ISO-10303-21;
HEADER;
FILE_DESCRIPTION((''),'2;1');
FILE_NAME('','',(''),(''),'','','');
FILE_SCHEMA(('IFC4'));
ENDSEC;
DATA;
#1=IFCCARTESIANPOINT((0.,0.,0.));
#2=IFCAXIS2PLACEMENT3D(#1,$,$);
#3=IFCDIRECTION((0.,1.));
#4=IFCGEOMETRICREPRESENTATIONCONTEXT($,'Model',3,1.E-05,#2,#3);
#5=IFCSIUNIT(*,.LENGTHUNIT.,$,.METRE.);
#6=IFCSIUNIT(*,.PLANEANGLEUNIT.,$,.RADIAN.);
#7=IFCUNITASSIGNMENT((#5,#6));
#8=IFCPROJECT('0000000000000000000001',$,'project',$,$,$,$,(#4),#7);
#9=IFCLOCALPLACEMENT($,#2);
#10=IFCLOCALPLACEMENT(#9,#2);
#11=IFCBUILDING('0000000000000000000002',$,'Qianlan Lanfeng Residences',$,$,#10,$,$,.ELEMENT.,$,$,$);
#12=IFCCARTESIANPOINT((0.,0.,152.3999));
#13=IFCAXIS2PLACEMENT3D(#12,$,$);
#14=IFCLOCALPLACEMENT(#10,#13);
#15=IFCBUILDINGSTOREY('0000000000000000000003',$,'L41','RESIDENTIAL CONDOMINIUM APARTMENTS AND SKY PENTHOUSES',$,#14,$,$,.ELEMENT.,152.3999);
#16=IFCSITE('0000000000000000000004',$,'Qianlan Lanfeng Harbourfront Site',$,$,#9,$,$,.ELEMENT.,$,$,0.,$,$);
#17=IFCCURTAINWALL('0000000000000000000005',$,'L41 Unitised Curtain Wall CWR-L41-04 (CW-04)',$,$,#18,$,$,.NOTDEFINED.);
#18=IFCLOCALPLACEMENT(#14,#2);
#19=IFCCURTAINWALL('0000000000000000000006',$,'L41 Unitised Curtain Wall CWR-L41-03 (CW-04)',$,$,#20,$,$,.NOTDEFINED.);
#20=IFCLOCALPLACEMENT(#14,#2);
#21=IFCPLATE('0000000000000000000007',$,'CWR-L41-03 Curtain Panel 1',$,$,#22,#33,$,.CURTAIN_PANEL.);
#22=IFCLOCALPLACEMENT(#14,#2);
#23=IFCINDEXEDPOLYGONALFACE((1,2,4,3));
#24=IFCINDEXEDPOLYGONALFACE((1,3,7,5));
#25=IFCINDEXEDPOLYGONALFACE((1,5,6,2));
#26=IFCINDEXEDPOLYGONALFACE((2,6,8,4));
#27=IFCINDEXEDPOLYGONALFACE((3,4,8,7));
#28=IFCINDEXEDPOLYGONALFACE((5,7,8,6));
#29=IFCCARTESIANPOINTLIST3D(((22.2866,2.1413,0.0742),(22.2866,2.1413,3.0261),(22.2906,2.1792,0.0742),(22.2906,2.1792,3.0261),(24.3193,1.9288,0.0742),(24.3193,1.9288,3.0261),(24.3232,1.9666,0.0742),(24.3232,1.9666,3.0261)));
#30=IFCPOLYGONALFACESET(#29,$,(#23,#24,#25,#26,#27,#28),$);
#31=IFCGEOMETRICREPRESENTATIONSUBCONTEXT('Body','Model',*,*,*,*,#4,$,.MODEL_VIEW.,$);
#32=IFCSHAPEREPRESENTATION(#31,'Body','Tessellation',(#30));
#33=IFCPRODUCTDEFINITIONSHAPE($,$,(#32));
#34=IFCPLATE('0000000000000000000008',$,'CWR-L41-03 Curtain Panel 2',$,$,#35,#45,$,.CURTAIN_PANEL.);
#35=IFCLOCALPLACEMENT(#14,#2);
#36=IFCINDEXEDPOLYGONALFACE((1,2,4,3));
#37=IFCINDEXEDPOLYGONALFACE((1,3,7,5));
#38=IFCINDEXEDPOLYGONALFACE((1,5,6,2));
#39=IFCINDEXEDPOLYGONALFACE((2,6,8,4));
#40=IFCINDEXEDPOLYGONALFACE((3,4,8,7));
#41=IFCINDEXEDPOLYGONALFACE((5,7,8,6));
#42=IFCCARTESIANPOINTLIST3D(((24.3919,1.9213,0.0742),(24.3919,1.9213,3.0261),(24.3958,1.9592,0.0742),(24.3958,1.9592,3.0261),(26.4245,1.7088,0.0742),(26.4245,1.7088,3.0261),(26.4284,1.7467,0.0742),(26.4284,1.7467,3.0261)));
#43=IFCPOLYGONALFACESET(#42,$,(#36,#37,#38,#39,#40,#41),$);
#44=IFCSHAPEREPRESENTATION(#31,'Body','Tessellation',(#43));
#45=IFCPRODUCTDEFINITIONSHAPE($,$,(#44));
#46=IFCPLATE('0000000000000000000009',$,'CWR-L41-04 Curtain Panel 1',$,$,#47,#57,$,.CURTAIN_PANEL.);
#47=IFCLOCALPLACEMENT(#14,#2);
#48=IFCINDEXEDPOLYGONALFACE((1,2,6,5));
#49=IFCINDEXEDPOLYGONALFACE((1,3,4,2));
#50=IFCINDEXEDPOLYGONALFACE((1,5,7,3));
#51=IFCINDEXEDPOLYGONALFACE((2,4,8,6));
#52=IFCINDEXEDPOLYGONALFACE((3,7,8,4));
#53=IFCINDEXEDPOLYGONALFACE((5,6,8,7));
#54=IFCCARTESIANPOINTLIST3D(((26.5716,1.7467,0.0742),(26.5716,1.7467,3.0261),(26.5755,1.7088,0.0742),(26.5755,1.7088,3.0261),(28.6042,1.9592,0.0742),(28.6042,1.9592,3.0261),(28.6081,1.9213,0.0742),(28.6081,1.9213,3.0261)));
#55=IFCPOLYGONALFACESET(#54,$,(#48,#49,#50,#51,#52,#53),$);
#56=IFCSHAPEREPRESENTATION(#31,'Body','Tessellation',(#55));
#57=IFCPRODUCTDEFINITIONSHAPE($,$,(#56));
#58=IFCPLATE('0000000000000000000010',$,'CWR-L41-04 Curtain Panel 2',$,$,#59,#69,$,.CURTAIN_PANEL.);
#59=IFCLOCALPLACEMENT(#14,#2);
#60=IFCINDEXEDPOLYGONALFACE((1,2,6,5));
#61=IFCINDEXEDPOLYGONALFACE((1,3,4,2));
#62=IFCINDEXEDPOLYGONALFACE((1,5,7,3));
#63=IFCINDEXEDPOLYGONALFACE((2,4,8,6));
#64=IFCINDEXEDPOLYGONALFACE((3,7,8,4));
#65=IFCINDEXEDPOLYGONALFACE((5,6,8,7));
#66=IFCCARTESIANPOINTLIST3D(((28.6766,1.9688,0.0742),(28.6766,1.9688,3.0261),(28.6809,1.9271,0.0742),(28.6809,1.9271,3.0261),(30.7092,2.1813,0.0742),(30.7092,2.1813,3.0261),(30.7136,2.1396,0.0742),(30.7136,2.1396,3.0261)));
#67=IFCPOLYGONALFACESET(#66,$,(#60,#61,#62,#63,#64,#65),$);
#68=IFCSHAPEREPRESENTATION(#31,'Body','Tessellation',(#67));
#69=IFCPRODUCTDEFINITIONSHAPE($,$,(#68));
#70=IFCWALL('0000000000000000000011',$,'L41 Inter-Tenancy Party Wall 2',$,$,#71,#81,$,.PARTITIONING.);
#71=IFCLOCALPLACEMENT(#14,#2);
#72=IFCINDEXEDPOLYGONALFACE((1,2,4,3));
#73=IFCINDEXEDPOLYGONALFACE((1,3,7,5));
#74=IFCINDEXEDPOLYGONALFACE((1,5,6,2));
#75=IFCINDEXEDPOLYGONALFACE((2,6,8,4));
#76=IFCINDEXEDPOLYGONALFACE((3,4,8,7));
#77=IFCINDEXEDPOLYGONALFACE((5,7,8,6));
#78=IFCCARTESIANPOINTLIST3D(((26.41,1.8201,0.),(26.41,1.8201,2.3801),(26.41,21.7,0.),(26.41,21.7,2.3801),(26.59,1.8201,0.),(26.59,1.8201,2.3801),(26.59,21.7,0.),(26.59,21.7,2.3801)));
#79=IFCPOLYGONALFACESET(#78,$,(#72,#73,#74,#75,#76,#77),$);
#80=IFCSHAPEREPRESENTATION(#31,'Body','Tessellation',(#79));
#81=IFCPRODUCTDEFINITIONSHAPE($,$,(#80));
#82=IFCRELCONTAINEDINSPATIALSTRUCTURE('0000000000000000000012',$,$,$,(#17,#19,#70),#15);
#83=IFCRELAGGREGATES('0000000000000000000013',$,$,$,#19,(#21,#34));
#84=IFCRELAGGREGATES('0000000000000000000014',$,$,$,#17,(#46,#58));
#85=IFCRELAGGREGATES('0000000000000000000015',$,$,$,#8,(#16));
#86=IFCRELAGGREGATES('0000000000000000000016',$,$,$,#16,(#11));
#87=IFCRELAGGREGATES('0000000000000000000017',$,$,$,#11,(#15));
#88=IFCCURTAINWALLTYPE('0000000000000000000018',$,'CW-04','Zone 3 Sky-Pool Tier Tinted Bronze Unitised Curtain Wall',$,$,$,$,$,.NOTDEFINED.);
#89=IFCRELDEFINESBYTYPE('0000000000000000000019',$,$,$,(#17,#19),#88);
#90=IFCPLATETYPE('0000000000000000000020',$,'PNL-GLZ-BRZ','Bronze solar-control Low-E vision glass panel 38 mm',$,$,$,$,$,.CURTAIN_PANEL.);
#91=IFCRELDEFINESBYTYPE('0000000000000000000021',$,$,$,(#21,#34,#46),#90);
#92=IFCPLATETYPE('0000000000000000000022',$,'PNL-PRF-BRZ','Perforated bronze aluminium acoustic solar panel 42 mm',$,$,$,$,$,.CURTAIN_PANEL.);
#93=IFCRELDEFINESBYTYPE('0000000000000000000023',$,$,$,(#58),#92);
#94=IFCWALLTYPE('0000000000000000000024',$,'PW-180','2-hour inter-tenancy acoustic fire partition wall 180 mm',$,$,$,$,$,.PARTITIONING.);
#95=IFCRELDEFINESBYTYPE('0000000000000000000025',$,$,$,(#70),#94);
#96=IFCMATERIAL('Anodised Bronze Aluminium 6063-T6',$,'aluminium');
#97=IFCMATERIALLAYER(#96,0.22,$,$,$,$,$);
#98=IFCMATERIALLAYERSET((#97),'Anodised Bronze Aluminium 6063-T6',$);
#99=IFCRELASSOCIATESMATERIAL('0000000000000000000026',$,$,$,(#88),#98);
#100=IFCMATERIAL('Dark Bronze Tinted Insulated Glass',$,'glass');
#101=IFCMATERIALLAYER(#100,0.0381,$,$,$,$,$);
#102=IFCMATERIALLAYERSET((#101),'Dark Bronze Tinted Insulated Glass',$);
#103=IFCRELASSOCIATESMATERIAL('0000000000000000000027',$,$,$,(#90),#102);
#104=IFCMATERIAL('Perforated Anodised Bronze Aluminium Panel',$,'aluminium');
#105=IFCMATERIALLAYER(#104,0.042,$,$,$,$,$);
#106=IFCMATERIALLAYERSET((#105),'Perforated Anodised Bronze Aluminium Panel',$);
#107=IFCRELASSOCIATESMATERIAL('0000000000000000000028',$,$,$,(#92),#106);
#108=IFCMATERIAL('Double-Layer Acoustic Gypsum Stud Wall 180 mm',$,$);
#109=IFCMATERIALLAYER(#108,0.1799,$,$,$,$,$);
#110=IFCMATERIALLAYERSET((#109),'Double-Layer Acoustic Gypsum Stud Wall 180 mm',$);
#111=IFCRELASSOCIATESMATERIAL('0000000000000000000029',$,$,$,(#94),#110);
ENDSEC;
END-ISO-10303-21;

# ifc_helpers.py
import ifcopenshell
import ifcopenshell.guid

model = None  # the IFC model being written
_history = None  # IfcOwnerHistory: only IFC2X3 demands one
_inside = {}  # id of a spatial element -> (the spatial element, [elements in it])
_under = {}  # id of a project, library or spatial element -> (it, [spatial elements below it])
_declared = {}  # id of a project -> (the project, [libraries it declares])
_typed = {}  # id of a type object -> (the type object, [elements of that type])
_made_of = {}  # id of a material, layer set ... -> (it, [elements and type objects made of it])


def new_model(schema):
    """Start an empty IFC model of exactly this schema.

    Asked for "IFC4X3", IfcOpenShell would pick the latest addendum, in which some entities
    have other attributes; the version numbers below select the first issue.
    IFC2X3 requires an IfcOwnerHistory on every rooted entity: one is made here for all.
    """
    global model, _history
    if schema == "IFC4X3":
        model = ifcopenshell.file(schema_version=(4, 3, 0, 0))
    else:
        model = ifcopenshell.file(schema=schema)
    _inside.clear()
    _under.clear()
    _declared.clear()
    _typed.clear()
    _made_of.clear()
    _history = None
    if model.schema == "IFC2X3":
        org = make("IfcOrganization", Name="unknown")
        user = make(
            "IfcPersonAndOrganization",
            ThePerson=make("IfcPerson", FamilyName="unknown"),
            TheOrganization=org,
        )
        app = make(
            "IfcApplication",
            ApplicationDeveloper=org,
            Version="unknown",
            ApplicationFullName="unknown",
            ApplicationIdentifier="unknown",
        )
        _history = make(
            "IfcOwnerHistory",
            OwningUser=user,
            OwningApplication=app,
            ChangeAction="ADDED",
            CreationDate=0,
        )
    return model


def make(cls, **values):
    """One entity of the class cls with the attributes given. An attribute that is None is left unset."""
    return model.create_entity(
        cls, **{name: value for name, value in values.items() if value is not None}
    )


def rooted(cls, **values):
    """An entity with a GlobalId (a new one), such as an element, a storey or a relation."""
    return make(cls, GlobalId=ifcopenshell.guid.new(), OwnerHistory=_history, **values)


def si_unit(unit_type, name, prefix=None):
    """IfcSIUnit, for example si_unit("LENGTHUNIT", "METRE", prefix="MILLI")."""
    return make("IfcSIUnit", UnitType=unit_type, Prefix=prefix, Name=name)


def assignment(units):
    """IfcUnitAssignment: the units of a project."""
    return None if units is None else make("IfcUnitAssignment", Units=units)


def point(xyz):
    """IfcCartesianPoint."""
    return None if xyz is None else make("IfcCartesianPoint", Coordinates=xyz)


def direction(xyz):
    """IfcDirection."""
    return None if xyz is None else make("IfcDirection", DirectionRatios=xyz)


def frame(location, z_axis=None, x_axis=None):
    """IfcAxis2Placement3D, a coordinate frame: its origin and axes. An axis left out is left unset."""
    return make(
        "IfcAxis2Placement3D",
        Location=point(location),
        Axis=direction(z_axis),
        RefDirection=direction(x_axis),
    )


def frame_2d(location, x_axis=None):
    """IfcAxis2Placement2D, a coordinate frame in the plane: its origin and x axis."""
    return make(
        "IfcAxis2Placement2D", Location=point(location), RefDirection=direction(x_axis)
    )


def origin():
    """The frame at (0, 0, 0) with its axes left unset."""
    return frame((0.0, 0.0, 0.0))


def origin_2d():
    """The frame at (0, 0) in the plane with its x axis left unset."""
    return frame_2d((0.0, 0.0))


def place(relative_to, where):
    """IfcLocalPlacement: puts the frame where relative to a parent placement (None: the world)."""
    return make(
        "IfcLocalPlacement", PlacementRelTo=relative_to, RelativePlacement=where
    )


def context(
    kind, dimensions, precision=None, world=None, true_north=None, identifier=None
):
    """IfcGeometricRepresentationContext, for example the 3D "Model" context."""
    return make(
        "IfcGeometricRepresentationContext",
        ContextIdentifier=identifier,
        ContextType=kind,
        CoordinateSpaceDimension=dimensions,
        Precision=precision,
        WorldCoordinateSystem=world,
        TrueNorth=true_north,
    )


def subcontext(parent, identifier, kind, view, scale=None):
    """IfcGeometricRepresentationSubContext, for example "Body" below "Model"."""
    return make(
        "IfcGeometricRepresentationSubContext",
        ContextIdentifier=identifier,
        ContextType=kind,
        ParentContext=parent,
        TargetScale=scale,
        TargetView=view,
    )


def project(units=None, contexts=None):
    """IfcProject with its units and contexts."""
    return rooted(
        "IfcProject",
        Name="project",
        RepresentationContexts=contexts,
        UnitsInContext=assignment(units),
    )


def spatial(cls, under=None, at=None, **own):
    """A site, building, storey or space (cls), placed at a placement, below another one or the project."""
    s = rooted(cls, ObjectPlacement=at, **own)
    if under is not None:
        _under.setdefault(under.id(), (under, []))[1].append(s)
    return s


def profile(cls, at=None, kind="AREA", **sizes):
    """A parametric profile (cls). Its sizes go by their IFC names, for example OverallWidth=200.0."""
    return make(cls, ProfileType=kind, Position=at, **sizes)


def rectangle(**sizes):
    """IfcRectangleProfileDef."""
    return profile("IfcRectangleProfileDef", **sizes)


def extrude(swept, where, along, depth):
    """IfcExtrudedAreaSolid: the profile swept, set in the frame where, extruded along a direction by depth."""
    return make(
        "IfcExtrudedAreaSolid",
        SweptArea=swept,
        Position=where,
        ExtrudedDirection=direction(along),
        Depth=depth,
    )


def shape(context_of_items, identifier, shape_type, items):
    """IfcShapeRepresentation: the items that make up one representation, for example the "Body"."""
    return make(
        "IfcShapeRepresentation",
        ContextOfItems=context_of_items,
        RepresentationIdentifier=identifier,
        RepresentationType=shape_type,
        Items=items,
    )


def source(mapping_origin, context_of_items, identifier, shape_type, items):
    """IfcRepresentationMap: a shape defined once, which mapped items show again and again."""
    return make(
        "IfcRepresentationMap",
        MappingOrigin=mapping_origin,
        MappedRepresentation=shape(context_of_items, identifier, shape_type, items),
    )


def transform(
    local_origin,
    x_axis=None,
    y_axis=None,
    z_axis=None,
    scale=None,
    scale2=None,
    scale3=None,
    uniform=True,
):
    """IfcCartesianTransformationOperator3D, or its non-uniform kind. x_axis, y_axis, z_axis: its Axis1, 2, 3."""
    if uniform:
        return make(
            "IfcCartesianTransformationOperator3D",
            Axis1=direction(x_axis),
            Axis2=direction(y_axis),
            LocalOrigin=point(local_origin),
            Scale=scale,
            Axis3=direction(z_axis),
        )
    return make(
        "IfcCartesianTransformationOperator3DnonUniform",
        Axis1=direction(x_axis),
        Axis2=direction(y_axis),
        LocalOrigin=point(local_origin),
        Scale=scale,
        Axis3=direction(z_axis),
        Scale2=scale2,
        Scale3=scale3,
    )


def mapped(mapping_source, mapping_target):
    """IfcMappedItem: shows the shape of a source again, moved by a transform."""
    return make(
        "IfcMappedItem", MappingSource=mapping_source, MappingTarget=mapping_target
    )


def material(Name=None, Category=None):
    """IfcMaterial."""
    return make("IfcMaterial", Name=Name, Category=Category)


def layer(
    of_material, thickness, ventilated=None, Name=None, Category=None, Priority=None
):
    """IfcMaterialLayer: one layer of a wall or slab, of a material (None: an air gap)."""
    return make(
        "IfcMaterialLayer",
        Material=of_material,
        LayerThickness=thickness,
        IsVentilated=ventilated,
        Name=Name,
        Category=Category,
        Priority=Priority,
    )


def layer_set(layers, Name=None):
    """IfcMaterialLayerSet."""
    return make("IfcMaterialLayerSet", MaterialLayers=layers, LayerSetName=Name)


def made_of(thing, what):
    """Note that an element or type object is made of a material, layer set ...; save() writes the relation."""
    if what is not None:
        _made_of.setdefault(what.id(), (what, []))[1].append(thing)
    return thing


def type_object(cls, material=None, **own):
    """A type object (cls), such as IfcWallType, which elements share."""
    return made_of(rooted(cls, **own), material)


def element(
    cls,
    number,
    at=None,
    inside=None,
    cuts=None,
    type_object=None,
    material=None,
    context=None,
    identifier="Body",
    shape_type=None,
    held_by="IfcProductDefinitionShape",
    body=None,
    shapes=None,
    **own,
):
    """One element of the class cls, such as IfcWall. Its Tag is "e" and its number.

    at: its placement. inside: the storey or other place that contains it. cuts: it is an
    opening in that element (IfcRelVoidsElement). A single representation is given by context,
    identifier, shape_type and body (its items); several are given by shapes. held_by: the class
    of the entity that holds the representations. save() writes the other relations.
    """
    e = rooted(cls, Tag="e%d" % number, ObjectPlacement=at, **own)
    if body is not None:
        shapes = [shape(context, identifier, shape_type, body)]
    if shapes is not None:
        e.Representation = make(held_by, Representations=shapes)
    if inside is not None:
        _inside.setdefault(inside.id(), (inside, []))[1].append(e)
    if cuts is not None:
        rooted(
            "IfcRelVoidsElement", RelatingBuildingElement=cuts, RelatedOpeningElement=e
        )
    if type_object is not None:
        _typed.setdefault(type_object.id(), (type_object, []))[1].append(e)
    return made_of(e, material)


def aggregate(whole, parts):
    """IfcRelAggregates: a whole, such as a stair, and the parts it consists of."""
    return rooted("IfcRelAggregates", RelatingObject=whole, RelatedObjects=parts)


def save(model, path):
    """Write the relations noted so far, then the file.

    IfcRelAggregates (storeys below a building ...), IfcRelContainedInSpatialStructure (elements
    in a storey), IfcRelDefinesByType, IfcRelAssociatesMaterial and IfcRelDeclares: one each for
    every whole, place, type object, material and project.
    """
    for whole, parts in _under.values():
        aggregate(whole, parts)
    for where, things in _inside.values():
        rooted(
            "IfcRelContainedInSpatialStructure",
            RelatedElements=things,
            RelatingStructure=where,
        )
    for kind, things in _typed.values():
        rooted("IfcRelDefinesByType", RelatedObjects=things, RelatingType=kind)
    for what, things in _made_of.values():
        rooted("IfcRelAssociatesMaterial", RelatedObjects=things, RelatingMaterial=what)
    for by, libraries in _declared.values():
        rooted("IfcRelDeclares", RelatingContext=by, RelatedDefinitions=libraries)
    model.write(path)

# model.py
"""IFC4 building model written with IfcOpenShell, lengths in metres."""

from ifc_helpers import new_model, si_unit, direction, frame, frame_2d, origin, origin_2d, place, context, subcontext, project, spatial, rectangle, extrude, source, transform, mapped, material, layer, layer_set, type_object, element, aggregate, save


model = new_model("IFC4")

# Units and contexts
model_context = context("Model", 3, precision=1e-05, world=origin(), true_north=direction((0.0, 1.0)))
body_context = subcontext(model_context, "Body", "Model", "MODEL_VIEW")
ifc_project = project(units=[si_unit("LENGTHUNIT", "METRE"), si_unit("PLANEANGLEUNIT", "RADIAN")], contexts=[model_context])

# Site, building, storey
site_placement = place(None, origin())
site = spatial("IfcSite", under=ifc_project, at=site_placement, Name="Qianlan Lanfeng Harbourfront Site", CompositionType="ELEMENT", RefElevation=0.0)
building_placement = place(site_placement, origin())
building = spatial("IfcBuilding", under=site, at=building_placement, Name="Qianlan Lanfeng Residences", CompositionType="ELEMENT")
storey_placement = place(building_placement, frame((0.0, 0.0, 152.3999)))
storey = spatial("IfcBuildingStorey", under=building, at=storey_placement, Name="L41", Description="RESIDENTIAL CONDOMINIUM APARTMENTS AND SKY PENTHOUSES", CompositionType="ELEMENT", Elevation=152.3999)

# Curtain walls
ifc_material_1 = material(Name="Anodised Bronze Aluminium 6063-T6", Category="aluminium")
ifc_layer_1 = layer(ifc_material_1, 0.22)
ifc_layer_set_1 = layer_set([ifc_layer_1], Name="Anodised Bronze Aluminium 6063-T6")
curtain_wall_type = type_object("IfcCurtainWallType", Name="CW-04", Description="Zone 3 Sky-Pool Tier Tinted Bronze Unitised Curtain Wall", PredefinedType="NOTDEFINED", material=ifc_layer_set_1)
curtain_wall_1_placement = place(storey_placement, origin())
curtain_wall_1 = element("IfcCurtainWall", 1, at=curtain_wall_1_placement, inside=storey, type_object=curtain_wall_type, Name="L41 Unitised Curtain Wall CWR-L41-04 (CW-04)", PredefinedType="NOTDEFINED")
curtain_wall_2_placement = place(storey_placement, origin())
curtain_wall_2 = element("IfcCurtainWall", 2, at=curtain_wall_2_placement, inside=storey, type_object=curtain_wall_type, Name="L41 Unitised Curtain Wall CWR-L41-03 (CW-04)", PredefinedType="NOTDEFINED")

# Plates
ifc_material_2 = material(Name="Dark Bronze Tinted Insulated Glass", Category="glass")
ifc_layer_2 = layer(ifc_material_2, 0.0381)
ifc_layer_set_2 = layer_set([ifc_layer_2], Name="Dark Bronze Tinted Insulated Glass")
plate_type_1 = type_object("IfcPlateType", Name="PNL-GLZ-BRZ", Description="Bronze solar-control Low-E vision glass panel 38 mm", PredefinedType="CURTAIN_PANEL", material=ifc_layer_set_2)
shared_shape_1 = source(origin(), body_context, "Body", "SweptSolid", [
    extrude(rectangle(XDim=2.0437, YDim=0.0381, at=origin_2d()), origin(), (0.0, 0.0, 1.0), 2.9519),
])
plate_1_placement = place(storey_placement, frame((23.3049, 2.054, 0.0742), z_axis=(0.0, 0.0, 1.0), x_axis=(0.994579, -0.103983, 0.0)))
plate_1 = element("IfcPlate", 3, at=plate_1_placement, type_object=plate_type_1, Name="CWR-L41-03 Curtain Panel 1", PredefinedType="CURTAIN_PANEL", context=body_context, shape_type="MappedRepresentation", body=[
    mapped(shared_shape_1, transform((0.0, 0.0, 0.0), scale=1.0)),
])
plate_2_placement = place(storey_placement, frame((25.4102, 1.834, 0.0742), z_axis=(0.0, 0.0, 1.0), x_axis=(0.994579, -0.103983, 0.0)))
plate_2 = element("IfcPlate", 4, at=plate_2_placement, type_object=plate_type_1, Name="CWR-L41-03 Curtain Panel 2", PredefinedType="CURTAIN_PANEL", context=body_context, shape_type="MappedRepresentation", body=[
    mapped(shared_shape_1, transform((0.0, 0.0, 0.0), scale=1.0)),
])
aggregate(curtain_wall_2, [plate_1, plate_2])
plate_3_placement = place(storey_placement, frame((27.5898, 1.834, 0.0742), z_axis=(0.0, 0.0, 1.0), x_axis=(0.994579, 0.103983, 0.0)))
plate_3 = element("IfcPlate", 5, at=plate_3_placement, type_object=plate_type_1, Name="CWR-L41-04 Curtain Panel 1", PredefinedType="CURTAIN_PANEL", context=body_context, shape_type="MappedRepresentation", body=[
    mapped(shared_shape_1, transform((0.0, 0.0, 0.0), scale=1.0)),
])
ifc_material_3 = material(Name="Perforated Anodised Bronze Aluminium Panel", Category="aluminium")
ifc_layer_3 = layer(ifc_material_3, 0.042)
ifc_layer_set_3 = layer_set([ifc_layer_3], Name="Perforated Anodised Bronze Aluminium Panel")
plate_type_2 = type_object("IfcPlateType", Name="PNL-PRF-BRZ", Description="Perforated bronze aluminium acoustic solar panel 42 mm", PredefinedType="CURTAIN_PANEL", material=ifc_layer_set_3)
shared_shape_2 = source(origin(), body_context, "Body", "SweptSolid", [
    extrude(rectangle(XDim=2.0437, YDim=0.042, at=origin_2d()), origin(), (0.0, 0.0, 1.0), 2.9519),
])
plate_4_placement = place(storey_placement, frame((29.6951, 2.0542, 0.0742), z_axis=(0.0, 0.0, 1.0), x_axis=(0.994579, 0.103983, 0.0)))
plate_4 = element("IfcPlate", 6, at=plate_4_placement, type_object=plate_type_2, Name="CWR-L41-04 Curtain Panel 2", PredefinedType="CURTAIN_PANEL", context=body_context, shape_type="MappedRepresentation", body=[
    mapped(shared_shape_2, transform((0.0, 0.0, 0.0), scale=1.0)),
])
aggregate(curtain_wall_1, [plate_3, plate_4])

# Wall
ifc_material_4 = material(Name="Double-Layer Acoustic Gypsum Stud Wall 180 mm")
ifc_layer_4 = layer(ifc_material_4, 0.1799)
ifc_layer_set_4 = layer_set([ifc_layer_4], Name="Double-Layer Acoustic Gypsum Stud Wall 180 mm")
wall_type = type_object("IfcWallType", Name="PW-180", Description="2-hour inter-tenancy acoustic fire partition wall 180 mm", PredefinedType="PARTITIONING", material=ifc_layer_set_4)
wall_placement = place(storey_placement, frame((26.5, 1.8201, 0.0), z_axis=(0.0, 0.0, 1.0), x_axis=(0.0, 1.0, 0.0)))
element("IfcWall", 7, at=wall_placement, inside=storey, type_object=wall_type, Name="L41 Inter-Tenancy Party Wall 2", PredefinedType="PARTITIONING", context=body_context, shape_type="SweptSolid", body=[
    extrude(rectangle(XDim=19.8799, YDim=0.1799, at=frame_2d((9.9399, 0.0))), origin(), (0.0, 0.0, 1.0), 2.3801),
])

save(model, "model.ifc")
